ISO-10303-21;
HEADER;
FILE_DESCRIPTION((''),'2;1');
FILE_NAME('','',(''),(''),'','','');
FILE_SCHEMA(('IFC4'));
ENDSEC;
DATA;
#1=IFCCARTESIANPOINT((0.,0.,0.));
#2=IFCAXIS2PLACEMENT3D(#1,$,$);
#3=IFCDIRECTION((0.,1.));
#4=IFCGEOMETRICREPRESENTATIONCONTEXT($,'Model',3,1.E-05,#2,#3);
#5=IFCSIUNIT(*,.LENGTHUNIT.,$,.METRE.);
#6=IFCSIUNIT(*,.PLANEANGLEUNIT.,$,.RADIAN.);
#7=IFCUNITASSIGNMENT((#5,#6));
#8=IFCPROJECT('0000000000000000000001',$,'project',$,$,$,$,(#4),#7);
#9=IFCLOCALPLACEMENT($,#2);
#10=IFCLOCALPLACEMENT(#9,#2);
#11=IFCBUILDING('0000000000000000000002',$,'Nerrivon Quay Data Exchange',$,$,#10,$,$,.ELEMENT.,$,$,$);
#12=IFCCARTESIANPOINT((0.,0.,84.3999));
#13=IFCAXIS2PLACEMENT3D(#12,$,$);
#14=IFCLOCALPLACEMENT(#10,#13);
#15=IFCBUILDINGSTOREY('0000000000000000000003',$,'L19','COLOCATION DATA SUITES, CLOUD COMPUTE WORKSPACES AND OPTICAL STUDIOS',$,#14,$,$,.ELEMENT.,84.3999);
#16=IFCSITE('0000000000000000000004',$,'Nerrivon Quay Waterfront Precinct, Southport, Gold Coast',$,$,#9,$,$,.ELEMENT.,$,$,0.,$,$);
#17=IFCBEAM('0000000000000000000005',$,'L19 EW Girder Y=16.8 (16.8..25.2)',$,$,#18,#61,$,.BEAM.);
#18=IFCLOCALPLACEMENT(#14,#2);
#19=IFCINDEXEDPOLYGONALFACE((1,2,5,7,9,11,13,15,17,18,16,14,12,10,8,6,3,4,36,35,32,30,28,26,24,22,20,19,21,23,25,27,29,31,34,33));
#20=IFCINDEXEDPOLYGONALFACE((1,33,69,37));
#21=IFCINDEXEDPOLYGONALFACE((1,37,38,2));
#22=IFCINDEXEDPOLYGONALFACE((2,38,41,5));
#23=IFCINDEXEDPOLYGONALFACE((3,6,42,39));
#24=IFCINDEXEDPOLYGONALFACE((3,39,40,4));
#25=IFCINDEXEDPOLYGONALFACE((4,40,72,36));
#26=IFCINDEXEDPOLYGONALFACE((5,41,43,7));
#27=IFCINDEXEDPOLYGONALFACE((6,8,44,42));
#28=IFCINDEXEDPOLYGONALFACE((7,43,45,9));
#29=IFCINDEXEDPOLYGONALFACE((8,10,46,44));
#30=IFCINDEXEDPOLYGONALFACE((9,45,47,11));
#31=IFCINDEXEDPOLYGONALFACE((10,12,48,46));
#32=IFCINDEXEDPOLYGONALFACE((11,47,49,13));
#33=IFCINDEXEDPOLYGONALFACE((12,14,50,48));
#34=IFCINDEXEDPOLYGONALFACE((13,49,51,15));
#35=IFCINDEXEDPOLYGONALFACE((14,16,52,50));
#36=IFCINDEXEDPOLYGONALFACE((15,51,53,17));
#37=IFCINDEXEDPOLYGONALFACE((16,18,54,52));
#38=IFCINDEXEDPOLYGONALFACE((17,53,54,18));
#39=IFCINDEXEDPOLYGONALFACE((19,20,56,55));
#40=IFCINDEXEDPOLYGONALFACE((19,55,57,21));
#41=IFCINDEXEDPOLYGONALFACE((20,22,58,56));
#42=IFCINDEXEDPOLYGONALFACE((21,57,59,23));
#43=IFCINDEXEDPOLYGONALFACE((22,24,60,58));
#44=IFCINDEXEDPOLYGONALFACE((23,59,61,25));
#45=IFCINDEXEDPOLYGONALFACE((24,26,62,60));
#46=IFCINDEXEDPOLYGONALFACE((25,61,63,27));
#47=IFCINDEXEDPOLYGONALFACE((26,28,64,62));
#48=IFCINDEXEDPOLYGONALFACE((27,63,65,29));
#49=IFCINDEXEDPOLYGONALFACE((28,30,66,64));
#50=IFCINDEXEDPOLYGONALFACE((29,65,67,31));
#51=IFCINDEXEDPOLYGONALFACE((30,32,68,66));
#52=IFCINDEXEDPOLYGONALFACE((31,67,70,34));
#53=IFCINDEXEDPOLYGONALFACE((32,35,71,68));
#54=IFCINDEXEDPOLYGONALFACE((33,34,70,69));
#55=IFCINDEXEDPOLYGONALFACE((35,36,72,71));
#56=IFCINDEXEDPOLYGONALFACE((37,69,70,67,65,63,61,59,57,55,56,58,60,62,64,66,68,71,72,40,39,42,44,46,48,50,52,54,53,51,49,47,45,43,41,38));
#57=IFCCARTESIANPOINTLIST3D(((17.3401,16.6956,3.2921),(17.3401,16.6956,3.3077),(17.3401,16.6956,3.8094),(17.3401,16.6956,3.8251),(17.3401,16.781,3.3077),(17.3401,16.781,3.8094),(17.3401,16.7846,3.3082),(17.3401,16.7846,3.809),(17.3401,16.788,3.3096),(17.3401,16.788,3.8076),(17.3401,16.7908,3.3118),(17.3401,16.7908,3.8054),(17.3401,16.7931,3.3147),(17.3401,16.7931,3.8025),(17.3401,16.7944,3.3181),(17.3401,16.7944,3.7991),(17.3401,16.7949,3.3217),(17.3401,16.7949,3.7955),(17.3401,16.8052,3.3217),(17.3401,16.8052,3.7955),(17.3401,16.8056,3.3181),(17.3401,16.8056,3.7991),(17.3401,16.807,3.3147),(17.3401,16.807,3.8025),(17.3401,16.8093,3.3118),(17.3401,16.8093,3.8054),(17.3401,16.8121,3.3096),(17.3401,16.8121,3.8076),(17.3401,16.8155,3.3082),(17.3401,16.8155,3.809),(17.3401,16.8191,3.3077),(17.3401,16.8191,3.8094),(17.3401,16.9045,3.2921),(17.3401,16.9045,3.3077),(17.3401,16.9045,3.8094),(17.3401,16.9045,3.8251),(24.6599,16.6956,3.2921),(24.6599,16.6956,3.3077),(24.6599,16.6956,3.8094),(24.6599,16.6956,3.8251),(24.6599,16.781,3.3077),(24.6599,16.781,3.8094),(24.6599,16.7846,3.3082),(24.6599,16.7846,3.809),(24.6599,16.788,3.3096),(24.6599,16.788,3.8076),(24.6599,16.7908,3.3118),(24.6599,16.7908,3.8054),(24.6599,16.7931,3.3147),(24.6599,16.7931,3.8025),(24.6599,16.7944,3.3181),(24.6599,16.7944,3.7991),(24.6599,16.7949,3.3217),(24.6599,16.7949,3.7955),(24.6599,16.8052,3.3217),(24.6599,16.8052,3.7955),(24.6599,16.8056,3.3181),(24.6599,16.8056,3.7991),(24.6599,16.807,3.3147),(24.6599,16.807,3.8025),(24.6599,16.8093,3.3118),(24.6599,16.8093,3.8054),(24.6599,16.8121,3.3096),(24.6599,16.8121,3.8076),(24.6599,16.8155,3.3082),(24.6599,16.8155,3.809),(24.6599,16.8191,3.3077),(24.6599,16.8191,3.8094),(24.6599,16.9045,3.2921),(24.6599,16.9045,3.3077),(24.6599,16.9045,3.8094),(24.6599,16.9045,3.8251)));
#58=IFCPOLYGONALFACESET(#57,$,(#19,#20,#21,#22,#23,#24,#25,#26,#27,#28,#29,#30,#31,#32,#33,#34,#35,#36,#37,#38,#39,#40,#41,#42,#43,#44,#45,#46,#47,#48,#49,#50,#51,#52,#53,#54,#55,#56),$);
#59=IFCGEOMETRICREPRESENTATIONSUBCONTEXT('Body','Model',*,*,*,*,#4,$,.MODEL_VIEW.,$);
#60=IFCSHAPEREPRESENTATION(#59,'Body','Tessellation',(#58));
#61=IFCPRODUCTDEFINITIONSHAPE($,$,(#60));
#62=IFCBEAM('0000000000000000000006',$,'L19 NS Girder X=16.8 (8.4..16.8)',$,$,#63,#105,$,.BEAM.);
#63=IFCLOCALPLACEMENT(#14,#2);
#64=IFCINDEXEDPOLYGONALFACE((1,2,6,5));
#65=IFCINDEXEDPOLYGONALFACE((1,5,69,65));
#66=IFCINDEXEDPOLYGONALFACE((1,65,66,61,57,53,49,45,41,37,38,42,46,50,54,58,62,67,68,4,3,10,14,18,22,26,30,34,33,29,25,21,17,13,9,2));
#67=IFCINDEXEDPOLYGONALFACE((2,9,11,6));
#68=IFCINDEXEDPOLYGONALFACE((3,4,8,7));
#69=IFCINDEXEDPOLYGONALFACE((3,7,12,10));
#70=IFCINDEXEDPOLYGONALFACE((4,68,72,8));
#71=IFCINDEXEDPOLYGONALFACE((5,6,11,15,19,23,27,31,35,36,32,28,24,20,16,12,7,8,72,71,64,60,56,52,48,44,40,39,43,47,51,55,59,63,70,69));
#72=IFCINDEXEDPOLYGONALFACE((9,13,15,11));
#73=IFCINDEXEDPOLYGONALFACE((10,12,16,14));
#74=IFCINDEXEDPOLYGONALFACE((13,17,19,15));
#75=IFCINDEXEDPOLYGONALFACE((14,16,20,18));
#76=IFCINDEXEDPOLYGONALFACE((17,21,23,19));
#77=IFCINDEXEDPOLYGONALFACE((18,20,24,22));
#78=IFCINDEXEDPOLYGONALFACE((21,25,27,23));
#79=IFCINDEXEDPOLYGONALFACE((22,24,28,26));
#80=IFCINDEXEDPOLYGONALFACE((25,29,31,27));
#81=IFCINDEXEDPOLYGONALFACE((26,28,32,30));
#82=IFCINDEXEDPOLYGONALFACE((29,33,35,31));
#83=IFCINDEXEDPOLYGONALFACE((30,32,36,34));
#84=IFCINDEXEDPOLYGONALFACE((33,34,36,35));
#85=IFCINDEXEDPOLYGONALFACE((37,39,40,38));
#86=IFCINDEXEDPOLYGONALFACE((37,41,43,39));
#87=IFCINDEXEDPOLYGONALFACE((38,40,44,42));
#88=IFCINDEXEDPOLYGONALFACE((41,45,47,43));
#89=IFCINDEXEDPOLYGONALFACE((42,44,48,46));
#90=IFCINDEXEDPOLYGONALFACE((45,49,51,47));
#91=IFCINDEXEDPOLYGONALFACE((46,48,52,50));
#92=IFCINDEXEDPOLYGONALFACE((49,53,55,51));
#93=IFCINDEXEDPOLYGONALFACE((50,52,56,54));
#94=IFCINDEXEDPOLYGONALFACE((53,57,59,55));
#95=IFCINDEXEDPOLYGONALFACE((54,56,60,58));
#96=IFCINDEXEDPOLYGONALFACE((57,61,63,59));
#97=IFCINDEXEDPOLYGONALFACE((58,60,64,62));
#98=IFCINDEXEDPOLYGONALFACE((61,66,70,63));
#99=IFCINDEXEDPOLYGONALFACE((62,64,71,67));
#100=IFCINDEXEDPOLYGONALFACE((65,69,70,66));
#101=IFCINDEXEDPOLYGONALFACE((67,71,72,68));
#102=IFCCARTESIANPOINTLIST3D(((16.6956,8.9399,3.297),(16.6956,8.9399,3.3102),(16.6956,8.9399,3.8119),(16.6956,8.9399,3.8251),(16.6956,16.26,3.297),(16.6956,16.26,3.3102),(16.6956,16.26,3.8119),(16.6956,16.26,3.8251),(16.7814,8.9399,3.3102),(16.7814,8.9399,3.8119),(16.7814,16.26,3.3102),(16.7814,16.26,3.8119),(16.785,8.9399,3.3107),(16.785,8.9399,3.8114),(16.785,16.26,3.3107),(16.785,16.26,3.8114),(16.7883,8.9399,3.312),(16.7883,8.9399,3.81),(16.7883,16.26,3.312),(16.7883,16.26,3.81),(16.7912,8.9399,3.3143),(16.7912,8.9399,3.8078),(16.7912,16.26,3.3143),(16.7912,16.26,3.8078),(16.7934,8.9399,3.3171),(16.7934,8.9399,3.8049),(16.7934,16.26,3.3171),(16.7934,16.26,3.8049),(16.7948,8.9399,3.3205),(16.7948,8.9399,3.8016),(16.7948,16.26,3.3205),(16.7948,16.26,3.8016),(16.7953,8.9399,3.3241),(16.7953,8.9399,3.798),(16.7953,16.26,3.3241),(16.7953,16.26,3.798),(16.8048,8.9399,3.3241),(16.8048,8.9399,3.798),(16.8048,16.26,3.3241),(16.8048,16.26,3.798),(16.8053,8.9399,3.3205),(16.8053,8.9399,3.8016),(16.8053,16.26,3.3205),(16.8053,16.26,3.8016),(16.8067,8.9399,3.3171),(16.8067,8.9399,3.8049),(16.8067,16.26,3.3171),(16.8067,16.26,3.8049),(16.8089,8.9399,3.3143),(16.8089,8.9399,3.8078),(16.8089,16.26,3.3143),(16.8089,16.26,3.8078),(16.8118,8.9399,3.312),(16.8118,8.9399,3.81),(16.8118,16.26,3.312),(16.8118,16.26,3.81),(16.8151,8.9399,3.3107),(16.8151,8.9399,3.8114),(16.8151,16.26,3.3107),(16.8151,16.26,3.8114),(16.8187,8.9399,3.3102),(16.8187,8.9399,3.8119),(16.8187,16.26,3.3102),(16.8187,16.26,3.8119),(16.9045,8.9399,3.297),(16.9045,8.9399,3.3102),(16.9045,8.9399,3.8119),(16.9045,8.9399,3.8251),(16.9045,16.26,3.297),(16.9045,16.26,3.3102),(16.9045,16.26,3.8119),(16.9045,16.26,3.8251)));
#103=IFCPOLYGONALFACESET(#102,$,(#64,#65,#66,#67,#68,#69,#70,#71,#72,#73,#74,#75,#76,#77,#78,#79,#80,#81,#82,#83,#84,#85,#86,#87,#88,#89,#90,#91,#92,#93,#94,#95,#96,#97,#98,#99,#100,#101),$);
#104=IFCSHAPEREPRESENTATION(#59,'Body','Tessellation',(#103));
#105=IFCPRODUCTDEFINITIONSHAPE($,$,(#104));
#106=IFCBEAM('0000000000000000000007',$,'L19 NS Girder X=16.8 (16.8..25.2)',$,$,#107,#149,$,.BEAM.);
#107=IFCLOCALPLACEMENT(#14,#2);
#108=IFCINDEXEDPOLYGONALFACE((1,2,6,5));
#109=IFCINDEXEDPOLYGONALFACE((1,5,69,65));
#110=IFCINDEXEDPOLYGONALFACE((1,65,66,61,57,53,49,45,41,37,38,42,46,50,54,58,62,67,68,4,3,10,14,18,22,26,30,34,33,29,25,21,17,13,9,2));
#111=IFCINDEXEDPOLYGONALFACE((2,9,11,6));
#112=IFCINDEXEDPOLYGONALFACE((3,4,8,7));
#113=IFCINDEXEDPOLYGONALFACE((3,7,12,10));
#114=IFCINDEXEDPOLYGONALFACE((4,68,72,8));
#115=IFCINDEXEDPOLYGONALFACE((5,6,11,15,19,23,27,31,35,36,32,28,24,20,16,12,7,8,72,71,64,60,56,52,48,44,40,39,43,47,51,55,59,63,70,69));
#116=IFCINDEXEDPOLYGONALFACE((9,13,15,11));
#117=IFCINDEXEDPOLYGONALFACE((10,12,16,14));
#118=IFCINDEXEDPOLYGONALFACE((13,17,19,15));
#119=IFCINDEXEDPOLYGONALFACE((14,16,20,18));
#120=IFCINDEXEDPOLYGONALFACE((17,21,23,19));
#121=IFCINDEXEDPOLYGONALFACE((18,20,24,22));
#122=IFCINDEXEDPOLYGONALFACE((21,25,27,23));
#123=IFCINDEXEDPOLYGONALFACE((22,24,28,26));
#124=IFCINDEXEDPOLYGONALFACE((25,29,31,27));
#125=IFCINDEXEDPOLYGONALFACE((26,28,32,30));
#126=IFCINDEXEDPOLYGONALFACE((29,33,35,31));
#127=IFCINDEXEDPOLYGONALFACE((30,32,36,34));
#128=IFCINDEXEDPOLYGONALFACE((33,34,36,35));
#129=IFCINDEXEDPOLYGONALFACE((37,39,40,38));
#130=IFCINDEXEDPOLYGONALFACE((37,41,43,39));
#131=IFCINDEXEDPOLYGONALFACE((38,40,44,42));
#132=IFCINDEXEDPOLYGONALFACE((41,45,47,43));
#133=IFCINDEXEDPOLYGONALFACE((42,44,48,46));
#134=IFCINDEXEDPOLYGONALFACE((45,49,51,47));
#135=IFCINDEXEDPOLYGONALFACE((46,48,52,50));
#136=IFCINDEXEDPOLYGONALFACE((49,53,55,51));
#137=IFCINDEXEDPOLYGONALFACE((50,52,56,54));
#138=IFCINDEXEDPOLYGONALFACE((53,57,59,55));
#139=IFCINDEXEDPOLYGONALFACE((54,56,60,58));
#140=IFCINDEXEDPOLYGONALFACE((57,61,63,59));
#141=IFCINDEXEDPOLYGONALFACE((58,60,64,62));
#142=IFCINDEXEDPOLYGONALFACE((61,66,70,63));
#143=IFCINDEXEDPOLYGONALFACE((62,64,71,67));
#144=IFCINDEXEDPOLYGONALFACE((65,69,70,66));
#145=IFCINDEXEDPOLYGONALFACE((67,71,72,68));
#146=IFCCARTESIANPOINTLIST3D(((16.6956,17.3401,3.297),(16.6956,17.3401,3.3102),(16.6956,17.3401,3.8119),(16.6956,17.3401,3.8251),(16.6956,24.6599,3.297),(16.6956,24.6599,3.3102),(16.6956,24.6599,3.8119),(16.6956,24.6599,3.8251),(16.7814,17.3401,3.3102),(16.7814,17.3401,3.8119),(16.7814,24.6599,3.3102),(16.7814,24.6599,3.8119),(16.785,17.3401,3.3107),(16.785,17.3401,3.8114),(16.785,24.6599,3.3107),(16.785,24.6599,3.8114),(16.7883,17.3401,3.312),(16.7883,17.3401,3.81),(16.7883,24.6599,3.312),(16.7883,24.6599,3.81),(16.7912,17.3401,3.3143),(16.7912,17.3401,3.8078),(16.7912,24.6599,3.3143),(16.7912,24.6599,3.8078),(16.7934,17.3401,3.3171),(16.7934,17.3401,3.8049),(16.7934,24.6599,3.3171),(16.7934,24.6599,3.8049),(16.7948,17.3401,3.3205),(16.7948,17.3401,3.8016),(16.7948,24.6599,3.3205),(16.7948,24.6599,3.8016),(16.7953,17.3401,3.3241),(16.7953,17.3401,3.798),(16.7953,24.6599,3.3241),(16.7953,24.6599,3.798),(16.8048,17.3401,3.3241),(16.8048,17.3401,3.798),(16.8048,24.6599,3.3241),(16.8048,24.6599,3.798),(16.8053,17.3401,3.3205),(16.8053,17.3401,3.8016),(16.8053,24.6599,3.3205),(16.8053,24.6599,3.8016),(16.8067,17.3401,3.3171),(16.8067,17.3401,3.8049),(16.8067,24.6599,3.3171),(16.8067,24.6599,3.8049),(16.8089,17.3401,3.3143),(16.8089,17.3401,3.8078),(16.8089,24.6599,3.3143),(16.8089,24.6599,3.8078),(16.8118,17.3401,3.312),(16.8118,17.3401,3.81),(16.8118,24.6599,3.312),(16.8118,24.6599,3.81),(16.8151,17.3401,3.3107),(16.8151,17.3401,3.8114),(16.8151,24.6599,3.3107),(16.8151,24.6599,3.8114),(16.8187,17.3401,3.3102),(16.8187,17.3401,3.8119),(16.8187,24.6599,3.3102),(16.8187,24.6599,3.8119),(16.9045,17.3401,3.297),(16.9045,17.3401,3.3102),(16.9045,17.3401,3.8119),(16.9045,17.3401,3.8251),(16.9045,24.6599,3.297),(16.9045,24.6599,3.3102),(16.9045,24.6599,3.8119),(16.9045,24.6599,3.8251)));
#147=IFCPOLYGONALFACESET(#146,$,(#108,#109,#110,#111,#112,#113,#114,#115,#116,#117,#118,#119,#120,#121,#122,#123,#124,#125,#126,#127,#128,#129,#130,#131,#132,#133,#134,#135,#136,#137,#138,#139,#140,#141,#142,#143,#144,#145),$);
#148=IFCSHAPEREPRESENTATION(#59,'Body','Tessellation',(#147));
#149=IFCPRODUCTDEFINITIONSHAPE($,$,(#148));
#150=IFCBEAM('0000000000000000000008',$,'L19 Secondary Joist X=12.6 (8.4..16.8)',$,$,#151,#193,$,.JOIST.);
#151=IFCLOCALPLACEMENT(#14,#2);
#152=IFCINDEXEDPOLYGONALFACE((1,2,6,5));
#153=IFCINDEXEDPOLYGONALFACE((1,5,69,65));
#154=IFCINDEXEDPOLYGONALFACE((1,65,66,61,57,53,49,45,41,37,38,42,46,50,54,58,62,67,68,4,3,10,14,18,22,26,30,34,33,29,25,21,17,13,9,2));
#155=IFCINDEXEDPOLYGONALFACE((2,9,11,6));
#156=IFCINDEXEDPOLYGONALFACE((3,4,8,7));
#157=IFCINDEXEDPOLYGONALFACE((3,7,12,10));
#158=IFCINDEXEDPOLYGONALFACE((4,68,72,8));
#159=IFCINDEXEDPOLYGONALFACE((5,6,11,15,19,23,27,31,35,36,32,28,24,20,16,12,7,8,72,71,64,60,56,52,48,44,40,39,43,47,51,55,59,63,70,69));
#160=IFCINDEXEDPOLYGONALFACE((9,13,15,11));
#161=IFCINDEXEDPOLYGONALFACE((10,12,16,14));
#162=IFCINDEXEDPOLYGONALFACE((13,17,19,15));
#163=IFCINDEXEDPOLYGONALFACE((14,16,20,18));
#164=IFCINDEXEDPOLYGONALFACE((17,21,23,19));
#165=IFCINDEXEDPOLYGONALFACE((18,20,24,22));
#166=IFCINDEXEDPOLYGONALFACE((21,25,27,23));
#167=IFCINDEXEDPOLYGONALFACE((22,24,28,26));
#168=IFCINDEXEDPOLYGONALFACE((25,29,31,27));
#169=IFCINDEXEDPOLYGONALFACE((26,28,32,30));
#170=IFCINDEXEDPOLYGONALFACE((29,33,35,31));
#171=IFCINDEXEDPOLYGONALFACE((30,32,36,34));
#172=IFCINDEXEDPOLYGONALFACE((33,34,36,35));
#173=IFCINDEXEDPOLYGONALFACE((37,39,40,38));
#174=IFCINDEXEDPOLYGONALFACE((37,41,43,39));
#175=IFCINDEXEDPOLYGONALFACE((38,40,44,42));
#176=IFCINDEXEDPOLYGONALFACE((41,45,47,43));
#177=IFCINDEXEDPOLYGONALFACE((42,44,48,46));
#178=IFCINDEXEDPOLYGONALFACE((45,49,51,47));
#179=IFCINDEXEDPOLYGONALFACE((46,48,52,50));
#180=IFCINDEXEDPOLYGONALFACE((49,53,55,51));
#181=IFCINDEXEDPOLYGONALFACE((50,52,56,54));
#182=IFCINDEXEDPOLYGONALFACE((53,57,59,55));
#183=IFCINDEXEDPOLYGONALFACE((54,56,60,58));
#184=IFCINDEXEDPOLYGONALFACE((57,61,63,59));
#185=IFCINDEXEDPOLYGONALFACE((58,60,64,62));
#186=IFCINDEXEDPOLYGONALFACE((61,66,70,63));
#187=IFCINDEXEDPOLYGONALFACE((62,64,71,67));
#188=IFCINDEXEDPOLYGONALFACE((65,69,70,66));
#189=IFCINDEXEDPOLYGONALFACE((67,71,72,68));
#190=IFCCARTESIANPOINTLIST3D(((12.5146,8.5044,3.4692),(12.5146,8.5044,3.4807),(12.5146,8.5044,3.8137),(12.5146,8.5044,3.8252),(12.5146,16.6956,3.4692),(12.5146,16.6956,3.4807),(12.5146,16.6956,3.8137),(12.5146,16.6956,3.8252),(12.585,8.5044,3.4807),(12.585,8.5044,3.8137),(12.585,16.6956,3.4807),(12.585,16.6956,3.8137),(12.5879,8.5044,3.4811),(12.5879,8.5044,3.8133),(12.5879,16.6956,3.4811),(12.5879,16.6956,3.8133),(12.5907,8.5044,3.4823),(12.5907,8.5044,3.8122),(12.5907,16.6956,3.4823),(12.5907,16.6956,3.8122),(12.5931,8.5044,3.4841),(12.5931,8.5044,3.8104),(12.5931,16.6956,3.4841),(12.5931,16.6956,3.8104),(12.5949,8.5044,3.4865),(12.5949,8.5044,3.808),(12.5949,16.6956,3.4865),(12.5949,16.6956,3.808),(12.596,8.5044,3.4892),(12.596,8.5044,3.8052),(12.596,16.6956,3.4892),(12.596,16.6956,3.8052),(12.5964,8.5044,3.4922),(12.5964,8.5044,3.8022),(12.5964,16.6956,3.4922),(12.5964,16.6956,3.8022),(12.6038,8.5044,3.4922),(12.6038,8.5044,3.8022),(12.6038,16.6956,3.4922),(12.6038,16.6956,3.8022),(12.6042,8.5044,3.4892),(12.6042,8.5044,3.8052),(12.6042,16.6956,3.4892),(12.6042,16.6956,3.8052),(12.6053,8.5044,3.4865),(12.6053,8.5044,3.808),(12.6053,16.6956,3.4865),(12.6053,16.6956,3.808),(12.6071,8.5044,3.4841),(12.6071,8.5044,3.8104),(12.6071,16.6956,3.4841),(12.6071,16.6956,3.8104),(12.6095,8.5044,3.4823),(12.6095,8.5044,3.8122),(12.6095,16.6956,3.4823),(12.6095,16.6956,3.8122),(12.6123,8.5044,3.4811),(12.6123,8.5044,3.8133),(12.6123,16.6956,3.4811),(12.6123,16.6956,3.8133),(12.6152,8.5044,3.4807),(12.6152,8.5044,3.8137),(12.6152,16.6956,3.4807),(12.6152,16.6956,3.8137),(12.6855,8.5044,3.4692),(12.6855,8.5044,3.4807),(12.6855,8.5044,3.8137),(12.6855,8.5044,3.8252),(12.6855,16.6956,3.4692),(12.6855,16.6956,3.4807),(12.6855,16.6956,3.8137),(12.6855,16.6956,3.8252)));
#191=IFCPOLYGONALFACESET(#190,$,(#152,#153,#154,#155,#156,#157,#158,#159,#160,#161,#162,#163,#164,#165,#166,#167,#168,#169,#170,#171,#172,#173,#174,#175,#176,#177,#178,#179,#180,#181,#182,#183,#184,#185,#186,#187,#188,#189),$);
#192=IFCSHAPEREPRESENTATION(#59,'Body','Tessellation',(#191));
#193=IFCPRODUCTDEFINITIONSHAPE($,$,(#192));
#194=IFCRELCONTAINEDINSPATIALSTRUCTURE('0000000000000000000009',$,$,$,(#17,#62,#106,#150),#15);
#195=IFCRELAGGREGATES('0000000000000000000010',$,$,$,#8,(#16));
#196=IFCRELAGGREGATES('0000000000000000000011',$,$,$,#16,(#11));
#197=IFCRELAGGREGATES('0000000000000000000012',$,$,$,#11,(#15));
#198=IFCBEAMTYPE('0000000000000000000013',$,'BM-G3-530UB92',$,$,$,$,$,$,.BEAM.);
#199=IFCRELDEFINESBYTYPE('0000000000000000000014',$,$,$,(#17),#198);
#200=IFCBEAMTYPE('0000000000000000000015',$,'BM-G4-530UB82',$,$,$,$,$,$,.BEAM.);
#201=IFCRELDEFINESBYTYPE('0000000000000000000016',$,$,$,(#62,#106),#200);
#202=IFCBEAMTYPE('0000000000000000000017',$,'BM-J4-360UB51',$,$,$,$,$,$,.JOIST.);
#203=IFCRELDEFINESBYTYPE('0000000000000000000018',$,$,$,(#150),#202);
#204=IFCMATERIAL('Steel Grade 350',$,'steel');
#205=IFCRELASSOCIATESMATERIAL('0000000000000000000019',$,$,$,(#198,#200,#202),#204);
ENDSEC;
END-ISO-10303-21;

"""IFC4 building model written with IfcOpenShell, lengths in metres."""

from ifc_helpers import new_model, si_unit, direction, frame, origin, origin_2d, place, context, subcontext, project, spatial, i_section, extrude, material, material_profile, profile_set, type_object, element, save


model = new_model("IFC4")

# Units and contexts
model_context = context("Model", 3, precision=1e-05, world=origin(), true_north=direction((0.0, 1.0)))
body_context = subcontext(model_context, "Body", "Model", "MODEL_VIEW")
ifc_project = project(units=[si_unit("LENGTHUNIT", "METRE"), si_unit("PLANEANGLEUNIT", "RADIAN")], contexts=[model_context])

# Site, building, storey
site_placement = place(None, origin())
site = spatial("IfcSite", under=ifc_project, at=site_placement, Name="Nerrivon Quay Waterfront Precinct, Southport, Gold Coast", CompositionType="ELEMENT", RefElevation=0.0)
building_placement = place(site_placement, origin())
building = spatial("IfcBuilding", under=site, at=building_placement, Name="Nerrivon Quay Data Exchange", CompositionType="ELEMENT")
storey_placement = place(building_placement, frame((0.0, 0.0, 84.3999)))
storey = spatial("IfcBuildingStorey", under=building, at=storey_placement, Name="L19", Description="COLOCATION DATA SUITES, CLOUD COMPUTE WORKSPACES AND OPTICAL STUDIOS", CompositionType="ELEMENT", Elevation=84.3999)

# Beams
ifc_material_1 = material(Name="Steel Grade 350", Category="steel")
ifc_material_profile_1 = material_profile(ifc_material_1, i_section(OverallWidth=0.209, OverallDepth=0.533, WebThickness=0.0103, FlangeThickness=0.0156, FilletRadius=0.0139, at=origin_2d()), Name="530UB92.4")
ifc_profile_set_1 = profile_set([ifc_material_profile_1], Name="Steel Grade 350")
beam_type_1 = type_object("IfcBeamType", Name="BM-G3-530UB92", PredefinedType="BEAM", material=ifc_profile_set_1)
beam_1_placement = place(storey_placement, frame((17.3401, 16.8, 3.5586), z_axis=(1.0, 0.0, 0.0), x_axis=(0.0, 1.0, 0.0)))
element("IfcBeam", 1, at=beam_1_placement, inside=storey, type_object=beam_type_1, Name="L19 EW Girder Y=16.8 (16.8..25.2)", PredefinedType="BEAM", context=body_context, shape_type="SweptSolid", body=[
    extrude(i_section(OverallWidth=0.209, OverallDepth=0.533, WebThickness=0.0103, FlangeThickness=0.0156, FilletRadius=0.0139, at=origin_2d()), origin(), (0.0, 0.0, 1.0), 7.3198),
])
ifc_material_profile_2 = material_profile(ifc_material_1, i_section(OverallWidth=0.209, OverallDepth=0.5281, WebThickness=0.0095, FlangeThickness=0.0132, FilletRadius=0.0139, at=origin_2d()), Name="530UB82.0")
ifc_profile_set_2 = profile_set([ifc_material_profile_2], Name="Steel Grade 350")
beam_type_2 = type_object("IfcBeamType", Name="BM-G4-530UB82", PredefinedType="BEAM", material=ifc_profile_set_2)
beam_2_placement = place(storey_placement, frame((16.8, 8.9399, 3.561), z_axis=(0.0, 1.0, 0.0), x_axis=(-1.0, 0.0, 0.0)))
element("IfcBeam", 2, at=beam_2_placement, inside=storey, type_object=beam_type_2, Name="L19 NS Girder X=16.8 (8.4..16.8)", PredefinedType="BEAM", context=body_context, shape_type="SweptSolid", body=[
    extrude(i_section(OverallWidth=0.209, OverallDepth=0.5281, WebThickness=0.0095, FlangeThickness=0.0132, FilletRadius=0.0139, at=origin_2d()), origin(), (0.0, 0.0, 1.0), 7.3201),
])
beam_3_placement = place(storey_placement, frame((16.8, 17.3401, 3.561), z_axis=(0.0, 1.0, 0.0), x_axis=(-1.0, 0.0, 0.0)))
element("IfcBeam", 3, at=beam_3_placement, inside=storey, type_object=beam_type_2, Name="L19 NS Girder X=16.8 (16.8..25.2)", PredefinedType="BEAM", context=body_context, shape_type="SweptSolid", body=[
    extrude(i_section(OverallWidth=0.209, OverallDepth=0.5281, WebThickness=0.0095, FlangeThickness=0.0132, FilletRadius=0.0139, at=origin_2d()), origin(), (0.0, 0.0, 1.0), 7.3198),
])
ifc_material_profile_3 = material_profile(ifc_material_1, i_section(OverallWidth=0.1709, OverallDepth=0.356, WebThickness=0.0073, FlangeThickness=0.0115, FilletRadius=0.0115, at=origin_2d()), Name="360UB50.7")
ifc_profile_set_3 = profile_set([ifc_material_profile_3], Name="Steel Grade 350")
beam_type_3 = type_object("IfcBeamType", Name="BM-J4-360UB51", PredefinedType="JOIST", material=ifc_profile_set_3)
beam_4_placement = place(storey_placement, frame((12.6001, 8.5044, 3.6472), z_axis=(0.0, 1.0, 0.0), x_axis=(-1.0, 0.0, 0.0)))
element("IfcBeam", 4, at=beam_4_placement, inside=storey, type_object=beam_type_3, Name="L19 Secondary Joist X=12.6 (8.4..16.8)", PredefinedType="JOIST", context=body_context, shape_type="SweptSolid", body=[
    extrude(i_section(OverallWidth=0.1709, OverallDepth=0.356, WebThickness=0.0073, FlangeThickness=0.0115, FilletRadius=0.0115, at=origin_2d()), origin(), (0.0, 0.0, 1.0), 8.1912),
])

save(model, "model.ifc")
